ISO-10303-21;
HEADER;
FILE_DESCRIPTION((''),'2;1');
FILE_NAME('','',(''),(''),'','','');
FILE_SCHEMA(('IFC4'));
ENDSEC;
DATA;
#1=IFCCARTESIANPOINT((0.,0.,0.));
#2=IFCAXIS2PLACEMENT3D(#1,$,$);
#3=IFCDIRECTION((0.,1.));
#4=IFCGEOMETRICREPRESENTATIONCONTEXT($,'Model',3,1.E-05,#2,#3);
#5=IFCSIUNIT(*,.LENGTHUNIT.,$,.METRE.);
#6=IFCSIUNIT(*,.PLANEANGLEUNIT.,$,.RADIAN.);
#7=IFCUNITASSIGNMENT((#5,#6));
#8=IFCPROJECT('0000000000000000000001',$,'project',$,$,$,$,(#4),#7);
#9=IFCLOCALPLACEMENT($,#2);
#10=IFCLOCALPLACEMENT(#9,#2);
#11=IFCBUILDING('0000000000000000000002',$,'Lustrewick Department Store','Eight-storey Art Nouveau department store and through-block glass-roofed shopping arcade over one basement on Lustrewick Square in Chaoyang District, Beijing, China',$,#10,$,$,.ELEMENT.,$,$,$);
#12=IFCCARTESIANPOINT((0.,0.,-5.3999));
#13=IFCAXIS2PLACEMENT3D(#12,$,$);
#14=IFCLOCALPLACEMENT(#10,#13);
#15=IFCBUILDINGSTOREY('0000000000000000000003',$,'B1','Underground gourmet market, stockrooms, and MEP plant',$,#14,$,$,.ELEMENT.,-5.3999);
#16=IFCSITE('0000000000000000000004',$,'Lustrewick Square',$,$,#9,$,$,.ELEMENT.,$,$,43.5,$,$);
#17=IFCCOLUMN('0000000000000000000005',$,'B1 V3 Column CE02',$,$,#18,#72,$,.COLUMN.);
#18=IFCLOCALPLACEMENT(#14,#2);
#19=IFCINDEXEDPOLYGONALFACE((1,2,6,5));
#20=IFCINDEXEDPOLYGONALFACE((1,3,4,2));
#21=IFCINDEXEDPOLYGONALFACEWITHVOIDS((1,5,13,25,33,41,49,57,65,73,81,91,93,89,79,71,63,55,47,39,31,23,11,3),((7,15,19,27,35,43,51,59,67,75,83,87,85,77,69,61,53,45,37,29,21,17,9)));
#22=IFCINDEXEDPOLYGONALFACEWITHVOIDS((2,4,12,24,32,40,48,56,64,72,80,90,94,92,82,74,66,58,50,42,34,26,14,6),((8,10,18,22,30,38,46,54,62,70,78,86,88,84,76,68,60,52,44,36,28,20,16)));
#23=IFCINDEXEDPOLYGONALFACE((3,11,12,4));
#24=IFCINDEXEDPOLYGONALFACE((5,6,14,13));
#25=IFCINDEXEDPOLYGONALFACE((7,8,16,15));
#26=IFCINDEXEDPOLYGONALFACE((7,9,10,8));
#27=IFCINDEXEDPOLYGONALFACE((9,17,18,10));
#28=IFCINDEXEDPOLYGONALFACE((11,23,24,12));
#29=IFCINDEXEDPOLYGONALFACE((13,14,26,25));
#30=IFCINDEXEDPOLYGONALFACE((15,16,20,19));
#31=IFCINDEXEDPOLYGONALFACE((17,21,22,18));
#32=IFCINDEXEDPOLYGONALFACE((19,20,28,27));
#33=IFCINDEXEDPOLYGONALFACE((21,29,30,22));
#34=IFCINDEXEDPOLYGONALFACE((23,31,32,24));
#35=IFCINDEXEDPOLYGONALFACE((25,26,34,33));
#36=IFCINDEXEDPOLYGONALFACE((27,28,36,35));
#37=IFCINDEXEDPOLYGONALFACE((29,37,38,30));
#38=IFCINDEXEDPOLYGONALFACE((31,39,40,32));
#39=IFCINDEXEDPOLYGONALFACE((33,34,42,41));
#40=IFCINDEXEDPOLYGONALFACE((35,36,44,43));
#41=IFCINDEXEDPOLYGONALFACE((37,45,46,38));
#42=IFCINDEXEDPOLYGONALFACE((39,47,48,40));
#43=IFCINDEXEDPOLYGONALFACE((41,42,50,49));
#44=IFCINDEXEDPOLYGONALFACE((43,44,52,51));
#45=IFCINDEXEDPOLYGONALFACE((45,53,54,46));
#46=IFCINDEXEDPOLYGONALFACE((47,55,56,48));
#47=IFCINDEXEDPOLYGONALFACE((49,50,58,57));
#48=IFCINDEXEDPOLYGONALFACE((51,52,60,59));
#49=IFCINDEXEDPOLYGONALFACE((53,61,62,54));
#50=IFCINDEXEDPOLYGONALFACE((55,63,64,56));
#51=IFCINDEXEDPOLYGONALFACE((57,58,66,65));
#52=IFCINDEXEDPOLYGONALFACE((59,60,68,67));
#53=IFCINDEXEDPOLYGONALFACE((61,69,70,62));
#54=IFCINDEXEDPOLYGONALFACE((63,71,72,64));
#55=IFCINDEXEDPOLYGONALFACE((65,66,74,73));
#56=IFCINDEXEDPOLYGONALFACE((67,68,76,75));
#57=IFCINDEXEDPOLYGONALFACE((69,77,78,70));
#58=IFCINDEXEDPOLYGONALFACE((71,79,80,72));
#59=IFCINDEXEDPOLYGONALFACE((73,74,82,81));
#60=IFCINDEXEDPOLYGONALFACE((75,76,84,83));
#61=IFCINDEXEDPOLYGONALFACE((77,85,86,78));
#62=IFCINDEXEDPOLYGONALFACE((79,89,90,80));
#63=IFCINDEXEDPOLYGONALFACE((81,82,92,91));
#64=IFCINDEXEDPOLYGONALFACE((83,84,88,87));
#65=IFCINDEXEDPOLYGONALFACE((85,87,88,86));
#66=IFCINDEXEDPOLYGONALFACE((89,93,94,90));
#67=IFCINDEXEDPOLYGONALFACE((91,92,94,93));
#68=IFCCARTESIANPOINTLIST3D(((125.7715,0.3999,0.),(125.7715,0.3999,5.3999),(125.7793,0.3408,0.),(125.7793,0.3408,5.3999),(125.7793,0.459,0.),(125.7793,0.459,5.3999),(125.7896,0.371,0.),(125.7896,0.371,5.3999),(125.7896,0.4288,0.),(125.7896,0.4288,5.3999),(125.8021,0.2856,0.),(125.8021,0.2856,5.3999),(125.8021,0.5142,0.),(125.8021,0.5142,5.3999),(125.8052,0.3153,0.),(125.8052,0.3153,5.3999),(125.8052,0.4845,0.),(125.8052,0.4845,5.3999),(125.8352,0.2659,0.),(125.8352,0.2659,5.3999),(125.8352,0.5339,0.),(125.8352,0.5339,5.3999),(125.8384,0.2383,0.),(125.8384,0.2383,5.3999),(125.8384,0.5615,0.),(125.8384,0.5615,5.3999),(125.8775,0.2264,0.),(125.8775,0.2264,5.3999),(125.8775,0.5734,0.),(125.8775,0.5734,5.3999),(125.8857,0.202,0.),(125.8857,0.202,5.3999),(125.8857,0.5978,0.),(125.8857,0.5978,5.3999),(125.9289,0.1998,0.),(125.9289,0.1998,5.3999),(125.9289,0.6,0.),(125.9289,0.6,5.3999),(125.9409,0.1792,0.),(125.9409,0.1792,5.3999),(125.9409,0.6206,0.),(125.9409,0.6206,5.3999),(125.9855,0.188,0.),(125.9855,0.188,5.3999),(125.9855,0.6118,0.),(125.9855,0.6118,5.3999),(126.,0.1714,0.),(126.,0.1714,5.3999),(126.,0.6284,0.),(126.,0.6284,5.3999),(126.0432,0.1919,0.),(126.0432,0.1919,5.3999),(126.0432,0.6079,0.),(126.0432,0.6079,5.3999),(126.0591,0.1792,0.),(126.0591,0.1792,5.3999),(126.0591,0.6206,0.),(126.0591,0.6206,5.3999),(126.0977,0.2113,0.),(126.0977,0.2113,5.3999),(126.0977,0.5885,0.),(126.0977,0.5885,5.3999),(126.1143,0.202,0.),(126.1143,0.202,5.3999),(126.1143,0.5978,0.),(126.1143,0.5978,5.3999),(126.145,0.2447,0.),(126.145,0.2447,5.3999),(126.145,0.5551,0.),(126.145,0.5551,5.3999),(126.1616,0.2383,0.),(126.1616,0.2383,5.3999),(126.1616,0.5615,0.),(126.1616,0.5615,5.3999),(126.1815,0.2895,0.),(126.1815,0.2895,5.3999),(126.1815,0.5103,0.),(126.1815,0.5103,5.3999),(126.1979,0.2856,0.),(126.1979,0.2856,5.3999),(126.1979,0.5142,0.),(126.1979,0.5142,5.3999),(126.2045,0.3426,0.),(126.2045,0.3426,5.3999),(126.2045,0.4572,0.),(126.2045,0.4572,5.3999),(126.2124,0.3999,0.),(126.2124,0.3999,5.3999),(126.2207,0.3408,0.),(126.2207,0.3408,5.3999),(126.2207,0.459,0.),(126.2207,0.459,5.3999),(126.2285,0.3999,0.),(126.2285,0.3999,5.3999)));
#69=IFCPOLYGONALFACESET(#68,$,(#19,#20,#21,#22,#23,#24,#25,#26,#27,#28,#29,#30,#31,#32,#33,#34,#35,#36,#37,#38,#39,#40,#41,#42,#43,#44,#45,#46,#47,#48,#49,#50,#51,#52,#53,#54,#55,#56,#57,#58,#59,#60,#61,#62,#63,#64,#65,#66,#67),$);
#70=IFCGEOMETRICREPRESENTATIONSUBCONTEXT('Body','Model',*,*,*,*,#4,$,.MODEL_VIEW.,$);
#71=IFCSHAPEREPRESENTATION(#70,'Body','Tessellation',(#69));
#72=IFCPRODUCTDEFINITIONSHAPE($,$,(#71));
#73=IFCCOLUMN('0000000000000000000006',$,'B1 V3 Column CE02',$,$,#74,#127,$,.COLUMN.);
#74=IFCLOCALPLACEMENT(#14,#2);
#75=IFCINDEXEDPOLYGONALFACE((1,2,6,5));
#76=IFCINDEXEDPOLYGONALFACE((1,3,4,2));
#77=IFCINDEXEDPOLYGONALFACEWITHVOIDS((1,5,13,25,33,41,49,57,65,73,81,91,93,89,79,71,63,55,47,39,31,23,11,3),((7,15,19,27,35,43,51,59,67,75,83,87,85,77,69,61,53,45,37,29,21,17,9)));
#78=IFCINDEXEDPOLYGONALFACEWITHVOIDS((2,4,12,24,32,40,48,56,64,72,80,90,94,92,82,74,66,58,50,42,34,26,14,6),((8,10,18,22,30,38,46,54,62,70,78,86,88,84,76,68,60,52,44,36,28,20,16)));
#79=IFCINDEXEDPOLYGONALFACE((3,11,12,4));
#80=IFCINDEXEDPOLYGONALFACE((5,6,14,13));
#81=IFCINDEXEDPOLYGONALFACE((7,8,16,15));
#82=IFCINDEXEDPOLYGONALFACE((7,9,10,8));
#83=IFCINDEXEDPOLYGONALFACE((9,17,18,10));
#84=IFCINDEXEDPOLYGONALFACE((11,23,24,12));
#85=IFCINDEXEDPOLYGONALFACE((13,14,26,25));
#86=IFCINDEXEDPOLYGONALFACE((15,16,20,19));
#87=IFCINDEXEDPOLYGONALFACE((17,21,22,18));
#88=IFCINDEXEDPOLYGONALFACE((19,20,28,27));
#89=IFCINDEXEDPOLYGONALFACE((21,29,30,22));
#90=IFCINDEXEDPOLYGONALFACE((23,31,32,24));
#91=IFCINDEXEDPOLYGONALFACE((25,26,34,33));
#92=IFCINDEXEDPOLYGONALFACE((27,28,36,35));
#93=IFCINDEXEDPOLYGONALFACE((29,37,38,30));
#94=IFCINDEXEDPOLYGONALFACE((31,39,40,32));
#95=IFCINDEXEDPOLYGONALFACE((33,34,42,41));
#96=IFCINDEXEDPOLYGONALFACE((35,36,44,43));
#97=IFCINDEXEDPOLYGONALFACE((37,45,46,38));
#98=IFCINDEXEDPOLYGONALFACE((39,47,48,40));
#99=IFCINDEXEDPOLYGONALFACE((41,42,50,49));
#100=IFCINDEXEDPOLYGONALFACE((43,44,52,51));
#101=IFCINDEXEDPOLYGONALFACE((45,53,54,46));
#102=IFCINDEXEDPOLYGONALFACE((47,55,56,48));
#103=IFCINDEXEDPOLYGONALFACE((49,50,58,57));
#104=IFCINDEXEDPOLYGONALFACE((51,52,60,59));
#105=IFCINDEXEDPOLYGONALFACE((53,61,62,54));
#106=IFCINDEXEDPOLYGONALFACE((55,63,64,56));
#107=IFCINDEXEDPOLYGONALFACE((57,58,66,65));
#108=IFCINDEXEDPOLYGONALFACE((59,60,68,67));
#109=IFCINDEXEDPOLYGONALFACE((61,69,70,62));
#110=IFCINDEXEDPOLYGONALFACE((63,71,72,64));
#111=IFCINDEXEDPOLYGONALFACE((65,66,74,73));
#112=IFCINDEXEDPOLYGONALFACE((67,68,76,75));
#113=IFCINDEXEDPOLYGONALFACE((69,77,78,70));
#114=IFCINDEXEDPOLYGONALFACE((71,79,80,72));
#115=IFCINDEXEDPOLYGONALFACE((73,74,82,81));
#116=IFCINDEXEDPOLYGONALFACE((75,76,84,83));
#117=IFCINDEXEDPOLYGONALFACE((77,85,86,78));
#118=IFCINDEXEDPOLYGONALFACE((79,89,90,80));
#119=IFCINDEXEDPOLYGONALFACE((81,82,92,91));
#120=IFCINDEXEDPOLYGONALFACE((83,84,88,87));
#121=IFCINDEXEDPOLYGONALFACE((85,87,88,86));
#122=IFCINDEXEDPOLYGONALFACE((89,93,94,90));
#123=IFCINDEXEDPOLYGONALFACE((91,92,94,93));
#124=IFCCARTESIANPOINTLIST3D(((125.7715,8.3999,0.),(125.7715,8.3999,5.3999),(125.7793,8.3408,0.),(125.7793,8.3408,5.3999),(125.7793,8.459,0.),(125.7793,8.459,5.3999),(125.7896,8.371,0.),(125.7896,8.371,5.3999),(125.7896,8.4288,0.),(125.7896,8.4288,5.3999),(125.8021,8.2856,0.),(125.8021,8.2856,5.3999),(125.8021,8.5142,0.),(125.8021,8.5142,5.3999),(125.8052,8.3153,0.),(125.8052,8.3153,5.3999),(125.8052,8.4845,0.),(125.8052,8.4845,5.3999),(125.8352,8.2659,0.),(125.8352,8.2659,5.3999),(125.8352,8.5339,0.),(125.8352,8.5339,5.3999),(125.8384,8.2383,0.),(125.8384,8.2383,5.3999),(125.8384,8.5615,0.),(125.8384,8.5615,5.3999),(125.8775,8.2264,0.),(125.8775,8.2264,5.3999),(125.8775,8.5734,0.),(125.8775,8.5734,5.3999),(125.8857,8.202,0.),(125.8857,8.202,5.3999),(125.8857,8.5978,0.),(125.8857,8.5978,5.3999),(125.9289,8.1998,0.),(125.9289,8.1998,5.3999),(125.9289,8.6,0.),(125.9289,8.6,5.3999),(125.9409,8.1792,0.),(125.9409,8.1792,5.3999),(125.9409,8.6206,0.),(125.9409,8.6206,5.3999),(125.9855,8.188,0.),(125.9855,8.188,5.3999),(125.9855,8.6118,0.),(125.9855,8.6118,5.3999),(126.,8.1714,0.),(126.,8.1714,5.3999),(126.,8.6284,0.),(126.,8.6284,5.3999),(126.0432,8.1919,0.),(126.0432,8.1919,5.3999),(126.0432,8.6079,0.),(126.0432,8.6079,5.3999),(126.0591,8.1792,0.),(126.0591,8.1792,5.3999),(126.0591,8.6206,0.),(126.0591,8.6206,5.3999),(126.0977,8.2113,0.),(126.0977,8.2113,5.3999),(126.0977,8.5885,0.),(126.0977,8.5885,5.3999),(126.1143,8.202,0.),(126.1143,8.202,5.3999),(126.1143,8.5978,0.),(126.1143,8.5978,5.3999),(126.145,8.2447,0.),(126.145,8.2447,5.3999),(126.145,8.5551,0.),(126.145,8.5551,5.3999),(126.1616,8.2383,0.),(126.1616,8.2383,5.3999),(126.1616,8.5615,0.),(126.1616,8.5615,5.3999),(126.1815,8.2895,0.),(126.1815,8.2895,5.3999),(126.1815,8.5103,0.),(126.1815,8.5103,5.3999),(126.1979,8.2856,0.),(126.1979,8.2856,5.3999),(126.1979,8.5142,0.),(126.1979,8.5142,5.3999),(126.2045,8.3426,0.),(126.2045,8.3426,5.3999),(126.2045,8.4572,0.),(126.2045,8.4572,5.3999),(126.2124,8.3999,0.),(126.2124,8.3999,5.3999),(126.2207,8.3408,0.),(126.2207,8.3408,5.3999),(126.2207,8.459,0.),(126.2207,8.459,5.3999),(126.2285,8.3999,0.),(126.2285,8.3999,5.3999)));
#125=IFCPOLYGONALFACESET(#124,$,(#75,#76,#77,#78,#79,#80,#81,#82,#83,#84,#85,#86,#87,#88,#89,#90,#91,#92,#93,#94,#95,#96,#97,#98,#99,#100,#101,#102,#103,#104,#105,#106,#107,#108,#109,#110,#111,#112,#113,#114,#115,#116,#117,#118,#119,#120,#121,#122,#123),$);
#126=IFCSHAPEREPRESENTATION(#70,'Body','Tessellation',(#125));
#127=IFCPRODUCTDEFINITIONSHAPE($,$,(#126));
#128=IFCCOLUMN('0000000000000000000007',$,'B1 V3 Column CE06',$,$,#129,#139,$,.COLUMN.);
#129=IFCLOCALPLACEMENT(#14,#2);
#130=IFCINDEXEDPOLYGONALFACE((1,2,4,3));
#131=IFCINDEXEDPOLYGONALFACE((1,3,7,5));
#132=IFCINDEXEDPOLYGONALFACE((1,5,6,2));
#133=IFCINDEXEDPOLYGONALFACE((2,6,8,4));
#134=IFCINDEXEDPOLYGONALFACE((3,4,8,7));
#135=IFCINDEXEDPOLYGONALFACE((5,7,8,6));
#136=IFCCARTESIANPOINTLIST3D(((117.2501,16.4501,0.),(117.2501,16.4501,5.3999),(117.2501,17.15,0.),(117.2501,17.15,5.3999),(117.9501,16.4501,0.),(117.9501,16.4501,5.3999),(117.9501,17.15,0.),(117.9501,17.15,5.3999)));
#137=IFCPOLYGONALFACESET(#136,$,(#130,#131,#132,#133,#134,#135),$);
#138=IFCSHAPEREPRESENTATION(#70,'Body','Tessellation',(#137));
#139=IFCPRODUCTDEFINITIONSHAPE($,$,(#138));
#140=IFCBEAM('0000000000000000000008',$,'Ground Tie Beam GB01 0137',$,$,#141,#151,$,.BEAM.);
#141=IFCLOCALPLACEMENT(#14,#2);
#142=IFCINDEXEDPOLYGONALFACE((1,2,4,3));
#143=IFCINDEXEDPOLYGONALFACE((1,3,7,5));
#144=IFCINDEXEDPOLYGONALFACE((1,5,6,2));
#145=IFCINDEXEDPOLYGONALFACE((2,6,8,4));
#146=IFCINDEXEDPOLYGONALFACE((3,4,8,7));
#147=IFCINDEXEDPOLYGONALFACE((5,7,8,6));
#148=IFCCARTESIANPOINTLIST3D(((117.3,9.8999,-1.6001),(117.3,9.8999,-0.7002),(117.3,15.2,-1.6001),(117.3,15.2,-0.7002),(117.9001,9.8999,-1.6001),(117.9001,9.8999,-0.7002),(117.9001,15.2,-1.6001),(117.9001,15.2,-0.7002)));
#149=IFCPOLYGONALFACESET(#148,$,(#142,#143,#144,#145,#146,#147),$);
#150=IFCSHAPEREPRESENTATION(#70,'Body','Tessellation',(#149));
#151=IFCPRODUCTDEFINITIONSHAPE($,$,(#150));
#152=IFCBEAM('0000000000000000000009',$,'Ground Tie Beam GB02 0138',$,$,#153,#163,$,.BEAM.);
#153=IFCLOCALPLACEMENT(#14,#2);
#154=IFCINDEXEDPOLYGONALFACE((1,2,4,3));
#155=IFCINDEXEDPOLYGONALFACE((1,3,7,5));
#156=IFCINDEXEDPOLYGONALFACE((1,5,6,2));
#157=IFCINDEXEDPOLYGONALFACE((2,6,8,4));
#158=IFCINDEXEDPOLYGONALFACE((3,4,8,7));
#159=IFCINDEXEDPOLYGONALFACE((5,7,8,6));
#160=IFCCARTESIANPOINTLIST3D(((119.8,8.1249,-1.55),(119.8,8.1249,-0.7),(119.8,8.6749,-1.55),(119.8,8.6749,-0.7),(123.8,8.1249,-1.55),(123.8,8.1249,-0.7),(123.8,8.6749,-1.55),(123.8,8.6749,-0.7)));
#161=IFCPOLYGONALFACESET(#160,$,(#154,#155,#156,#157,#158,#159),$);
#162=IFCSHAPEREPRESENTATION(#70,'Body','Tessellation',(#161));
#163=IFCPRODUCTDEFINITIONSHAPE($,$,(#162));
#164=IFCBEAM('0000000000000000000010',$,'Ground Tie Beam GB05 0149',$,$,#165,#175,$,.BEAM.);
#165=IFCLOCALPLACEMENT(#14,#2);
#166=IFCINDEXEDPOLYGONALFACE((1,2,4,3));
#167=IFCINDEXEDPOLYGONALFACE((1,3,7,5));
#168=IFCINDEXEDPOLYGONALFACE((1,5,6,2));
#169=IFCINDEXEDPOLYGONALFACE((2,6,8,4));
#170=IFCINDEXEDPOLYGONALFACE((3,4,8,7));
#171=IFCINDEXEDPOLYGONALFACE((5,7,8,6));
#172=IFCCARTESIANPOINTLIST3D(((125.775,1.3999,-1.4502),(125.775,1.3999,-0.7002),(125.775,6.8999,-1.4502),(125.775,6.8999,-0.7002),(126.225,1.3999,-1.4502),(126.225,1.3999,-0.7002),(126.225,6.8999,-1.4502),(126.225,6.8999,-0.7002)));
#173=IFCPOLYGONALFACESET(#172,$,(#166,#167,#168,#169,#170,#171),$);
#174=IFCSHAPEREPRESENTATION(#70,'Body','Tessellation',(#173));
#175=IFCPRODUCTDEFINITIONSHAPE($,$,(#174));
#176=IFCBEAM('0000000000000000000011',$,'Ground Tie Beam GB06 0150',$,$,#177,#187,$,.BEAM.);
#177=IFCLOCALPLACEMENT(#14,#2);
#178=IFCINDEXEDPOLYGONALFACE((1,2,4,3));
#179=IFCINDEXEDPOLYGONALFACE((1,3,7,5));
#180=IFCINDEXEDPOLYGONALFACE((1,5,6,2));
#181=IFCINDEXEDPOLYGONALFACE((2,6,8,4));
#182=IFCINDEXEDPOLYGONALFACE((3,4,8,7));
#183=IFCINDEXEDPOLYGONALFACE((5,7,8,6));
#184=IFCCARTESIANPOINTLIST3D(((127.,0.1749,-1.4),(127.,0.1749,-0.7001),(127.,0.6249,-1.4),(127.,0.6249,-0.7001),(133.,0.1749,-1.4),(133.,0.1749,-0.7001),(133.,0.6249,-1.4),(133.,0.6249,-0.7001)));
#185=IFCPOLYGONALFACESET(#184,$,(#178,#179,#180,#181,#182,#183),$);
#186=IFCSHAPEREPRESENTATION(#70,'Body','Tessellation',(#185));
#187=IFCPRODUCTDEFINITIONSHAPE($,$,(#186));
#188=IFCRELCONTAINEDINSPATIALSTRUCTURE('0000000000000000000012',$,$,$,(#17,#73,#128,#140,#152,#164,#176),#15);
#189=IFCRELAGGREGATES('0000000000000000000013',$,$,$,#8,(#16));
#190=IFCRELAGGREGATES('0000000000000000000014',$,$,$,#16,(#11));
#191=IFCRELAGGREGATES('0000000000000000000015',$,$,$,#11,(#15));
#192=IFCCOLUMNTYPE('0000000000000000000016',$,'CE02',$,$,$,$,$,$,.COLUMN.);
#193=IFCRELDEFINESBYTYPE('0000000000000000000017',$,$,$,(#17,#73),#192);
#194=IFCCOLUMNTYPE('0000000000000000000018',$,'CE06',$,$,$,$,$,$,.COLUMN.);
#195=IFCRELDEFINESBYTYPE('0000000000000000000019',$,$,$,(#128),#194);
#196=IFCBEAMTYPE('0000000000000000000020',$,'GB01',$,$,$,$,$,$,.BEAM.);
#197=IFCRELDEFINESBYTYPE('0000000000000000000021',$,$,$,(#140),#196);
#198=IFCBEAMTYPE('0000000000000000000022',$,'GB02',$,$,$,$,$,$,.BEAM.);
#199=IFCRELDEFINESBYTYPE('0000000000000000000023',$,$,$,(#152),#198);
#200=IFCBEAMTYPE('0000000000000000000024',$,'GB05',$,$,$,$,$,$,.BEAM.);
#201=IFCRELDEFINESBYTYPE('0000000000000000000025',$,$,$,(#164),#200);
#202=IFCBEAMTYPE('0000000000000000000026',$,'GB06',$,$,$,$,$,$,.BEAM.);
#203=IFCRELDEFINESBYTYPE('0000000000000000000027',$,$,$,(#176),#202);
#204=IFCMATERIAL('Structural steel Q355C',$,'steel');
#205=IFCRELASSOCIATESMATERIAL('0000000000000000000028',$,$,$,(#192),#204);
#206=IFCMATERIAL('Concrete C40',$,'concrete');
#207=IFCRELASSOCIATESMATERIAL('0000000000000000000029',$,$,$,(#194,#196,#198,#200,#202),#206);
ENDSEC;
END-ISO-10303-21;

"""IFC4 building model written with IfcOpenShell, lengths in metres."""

from ifc_helpers import new_model, si_unit, direction, frame, origin, origin_2d, place, context, subcontext, project, spatial, rectangle, hollow_circle, extrude, material, material_profile, profile_set, type_object, element, save


model = new_model("IFC4")

# Units and contexts
model_context = context("Model", 3, precision=1e-05, world=origin(), true_north=direction((0.0, 1.0)))
body_context = subcontext(model_context, "Body", "Model", "MODEL_VIEW")
ifc_project = project(units=[si_unit("LENGTHUNIT", "METRE"), si_unit("PLANEANGLEUNIT", "RADIAN")], contexts=[model_context])

# Site, building, storey
site_placement = place(None, origin())
site = spatial("IfcSite", under=ifc_project, at=site_placement, Name="Lustrewick Square", CompositionType="ELEMENT", RefElevation=43.5)
building_placement = place(site_placement, origin())
building = spatial("IfcBuilding", under=site, at=building_placement, Name="Lustrewick Department Store", Description="Eight-storey Art Nouveau department store and through-block glass-roofed shopping arcade over one basement on Lustrewick Square in Chaoyang District, Beijing, China", CompositionType="ELEMENT")
storey_placement = place(building_placement, frame((0.0, 0.0, -5.3999)))
storey = spatial("IfcBuildingStorey", under=building, at=storey_placement, Name="B1", Description="Underground gourmet market, stockrooms, and MEP plant", CompositionType="ELEMENT", Elevation=-5.3999)

# Shared definitions
ifc_material_1 = material(Name="Concrete C40", Category="concrete")

# Columns
ifc_material_2 = material(Name="Structural steel Q355C", Category="steel")
ifc_material_profile_1 = material_profile(ifc_material_2, hollow_circle(Radius=0.2285, WallThickness=0.0161, at=origin_2d()), Name="CHS 457x16")
ifc_profile_set_1 = profile_set([ifc_material_profile_1], Name="Structural steel Q355C")
column_type_1 = type_object("IfcColumnType", Name="CE02", PredefinedType="COLUMN", material=ifc_profile_set_1)
for number, where, z_axis, x_axis, name in (
    (1, (126.0, 0.3999, 0.0), (0.0, 0.0, 1.0), (1.0, 0.0, 0.0), "B1 V3 Column CE02"),
    (2, (126.0, 8.3999, 0.0), (0.0, 0.0, 1.0), (1.0, 0.0, 0.0), "B1 V3 Column CE02"),
):
    element("IfcColumn", number, at=place(storey_placement, frame(where, z_axis=z_axis, x_axis=x_axis)), inside=storey, type_object=column_type_1, Name=name, PredefinedType="COLUMN", context=body_context, shape_type="SweptSolid", body=[
        extrude(hollow_circle(Radius=0.2285, WallThickness=0.0161, at=origin_2d()), origin(), (0.0, 0.0, 1.0), 5.3999),
    ])
ifc_material_profile_2 = material_profile(ifc_material_1, rectangle(XDim=0.7, YDim=0.7, at=origin_2d()), Name="RC 700x700")
ifc_profile_set_2 = profile_set([ifc_material_profile_2], Name="Concrete C40")
column_type_2 = type_object("IfcColumnType", Name="CE06", PredefinedType="COLUMN", material=ifc_profile_set_2)
column_placement = place(storey_placement, frame((117.6001, 16.8, 0.0), z_axis=(0.0, 0.0, 1.0), x_axis=(1.0, 0.0, 0.0)))
element("IfcColumn", 3, at=column_placement, inside=storey, type_object=column_type_2, Name="B1 V3 Column CE06", PredefinedType="COLUMN", context=body_context, shape_type="SweptSolid", body=[
    extrude(rectangle(XDim=0.7, YDim=0.7, at=origin_2d()), origin(), (0.0, 0.0, 1.0), 5.3999),
])

# Beams
ifc_material_profile_3 = material_profile(ifc_material_1, rectangle(XDim=0.6001, YDim=0.8999, at=origin_2d()), Name="RC 600x900")
ifc_profile_set_3 = profile_set([ifc_material_profile_3], Name="Concrete C40")
beam_type_1 = type_object("IfcBeamType", Name="GB01", PredefinedType="BEAM", material=ifc_profile_set_3)
beam_1_placement = place(storey_placement, frame((117.6001, 9.8999, -1.1501), z_axis=(0.0, 1.0, 0.0), x_axis=(-1.0, 0.0, 0.0)))
element("IfcBeam", 4, at=beam_1_placement, inside=storey, type_object=beam_type_1, Name="Ground Tie Beam GB01 0137", PredefinedType="BEAM", context=body_context, shape_type="SweptSolid", body=[
    extrude(rectangle(XDim=0.6001, YDim=0.8999, at=origin_2d()), origin(), (0.0, 0.0, 1.0), 5.3),
])
ifc_material_profile_4 = material_profile(ifc_material_1, rectangle(XDim=0.55, YDim=0.8501, at=origin_2d()), Name="RC 550x850")
ifc_profile_set_4 = profile_set([ifc_material_profile_4], Name="Concrete C40")
beam_type_2 = type_object("IfcBeamType", Name="GB02", PredefinedType="BEAM", material=ifc_profile_set_4)
beam_2_placement = place(storey_placement, frame((119.8, 8.3999, -1.125), z_axis=(1.0, 0.0, 0.0), x_axis=(0.0, 1.0, 0.0)))
element("IfcBeam", 5, at=beam_2_placement, inside=storey, type_object=beam_type_2, Name="Ground Tie Beam GB02 0138", PredefinedType="BEAM", context=body_context, shape_type="SweptSolid", body=[
    extrude(rectangle(XDim=0.55, YDim=0.8501, at=origin_2d()), origin(), (0.0, 0.0, 1.0), 4.0),
])
ifc_material_profile_5 = material_profile(ifc_material_1, rectangle(XDim=0.45, YDim=0.75, at=origin_2d()), Name="RC 450x750")
ifc_profile_set_5 = profile_set([ifc_material_profile_5], Name="Concrete C40")
beam_type_3 = type_object("IfcBeamType", Name="GB05", PredefinedType="BEAM", material=ifc_profile_set_5)
beam_3_placement = place(storey_placement, frame((126.0, 1.3999, -1.0752), z_axis=(0.0, 1.0, 0.0), x_axis=(-1.0, 0.0, 0.0)))
element("IfcBeam", 6, at=beam_3_placement, inside=storey, type_object=beam_type_3, Name="Ground Tie Beam GB05 0149", PredefinedType="BEAM", context=body_context, shape_type="SweptSolid", body=[
    extrude(rectangle(XDim=0.45, YDim=0.75, at=origin_2d()), origin(), (0.0, 0.0, 1.0), 5.5),
])
ifc_material_profile_6 = material_profile(ifc_material_1, rectangle(XDim=0.45, YDim=0.7, at=origin_2d()), Name="RC 450x700")
ifc_profile_set_6 = profile_set([ifc_material_profile_6], Name="Concrete C40")
beam_type_4 = type_object("IfcBeamType", Name="GB06", PredefinedType="BEAM", material=ifc_profile_set_6)
beam_4_placement = place(storey_placement, frame((127.0, 0.3999, -1.05), z_axis=(1.0, 0.0, 0.0), x_axis=(0.0, 1.0, 0.0)))
element("IfcBeam", 7, at=beam_4_placement, inside=storey, type_object=beam_type_4, Name="Ground Tie Beam GB06 0150", PredefinedType="BEAM", context=body_context, shape_type="SweptSolid", body=[
    extrude(rectangle(XDim=0.45, YDim=0.7, at=origin_2d()), origin(), (0.0, 0.0, 1.0), 6.0),
])

save(model, "model.ifc")
